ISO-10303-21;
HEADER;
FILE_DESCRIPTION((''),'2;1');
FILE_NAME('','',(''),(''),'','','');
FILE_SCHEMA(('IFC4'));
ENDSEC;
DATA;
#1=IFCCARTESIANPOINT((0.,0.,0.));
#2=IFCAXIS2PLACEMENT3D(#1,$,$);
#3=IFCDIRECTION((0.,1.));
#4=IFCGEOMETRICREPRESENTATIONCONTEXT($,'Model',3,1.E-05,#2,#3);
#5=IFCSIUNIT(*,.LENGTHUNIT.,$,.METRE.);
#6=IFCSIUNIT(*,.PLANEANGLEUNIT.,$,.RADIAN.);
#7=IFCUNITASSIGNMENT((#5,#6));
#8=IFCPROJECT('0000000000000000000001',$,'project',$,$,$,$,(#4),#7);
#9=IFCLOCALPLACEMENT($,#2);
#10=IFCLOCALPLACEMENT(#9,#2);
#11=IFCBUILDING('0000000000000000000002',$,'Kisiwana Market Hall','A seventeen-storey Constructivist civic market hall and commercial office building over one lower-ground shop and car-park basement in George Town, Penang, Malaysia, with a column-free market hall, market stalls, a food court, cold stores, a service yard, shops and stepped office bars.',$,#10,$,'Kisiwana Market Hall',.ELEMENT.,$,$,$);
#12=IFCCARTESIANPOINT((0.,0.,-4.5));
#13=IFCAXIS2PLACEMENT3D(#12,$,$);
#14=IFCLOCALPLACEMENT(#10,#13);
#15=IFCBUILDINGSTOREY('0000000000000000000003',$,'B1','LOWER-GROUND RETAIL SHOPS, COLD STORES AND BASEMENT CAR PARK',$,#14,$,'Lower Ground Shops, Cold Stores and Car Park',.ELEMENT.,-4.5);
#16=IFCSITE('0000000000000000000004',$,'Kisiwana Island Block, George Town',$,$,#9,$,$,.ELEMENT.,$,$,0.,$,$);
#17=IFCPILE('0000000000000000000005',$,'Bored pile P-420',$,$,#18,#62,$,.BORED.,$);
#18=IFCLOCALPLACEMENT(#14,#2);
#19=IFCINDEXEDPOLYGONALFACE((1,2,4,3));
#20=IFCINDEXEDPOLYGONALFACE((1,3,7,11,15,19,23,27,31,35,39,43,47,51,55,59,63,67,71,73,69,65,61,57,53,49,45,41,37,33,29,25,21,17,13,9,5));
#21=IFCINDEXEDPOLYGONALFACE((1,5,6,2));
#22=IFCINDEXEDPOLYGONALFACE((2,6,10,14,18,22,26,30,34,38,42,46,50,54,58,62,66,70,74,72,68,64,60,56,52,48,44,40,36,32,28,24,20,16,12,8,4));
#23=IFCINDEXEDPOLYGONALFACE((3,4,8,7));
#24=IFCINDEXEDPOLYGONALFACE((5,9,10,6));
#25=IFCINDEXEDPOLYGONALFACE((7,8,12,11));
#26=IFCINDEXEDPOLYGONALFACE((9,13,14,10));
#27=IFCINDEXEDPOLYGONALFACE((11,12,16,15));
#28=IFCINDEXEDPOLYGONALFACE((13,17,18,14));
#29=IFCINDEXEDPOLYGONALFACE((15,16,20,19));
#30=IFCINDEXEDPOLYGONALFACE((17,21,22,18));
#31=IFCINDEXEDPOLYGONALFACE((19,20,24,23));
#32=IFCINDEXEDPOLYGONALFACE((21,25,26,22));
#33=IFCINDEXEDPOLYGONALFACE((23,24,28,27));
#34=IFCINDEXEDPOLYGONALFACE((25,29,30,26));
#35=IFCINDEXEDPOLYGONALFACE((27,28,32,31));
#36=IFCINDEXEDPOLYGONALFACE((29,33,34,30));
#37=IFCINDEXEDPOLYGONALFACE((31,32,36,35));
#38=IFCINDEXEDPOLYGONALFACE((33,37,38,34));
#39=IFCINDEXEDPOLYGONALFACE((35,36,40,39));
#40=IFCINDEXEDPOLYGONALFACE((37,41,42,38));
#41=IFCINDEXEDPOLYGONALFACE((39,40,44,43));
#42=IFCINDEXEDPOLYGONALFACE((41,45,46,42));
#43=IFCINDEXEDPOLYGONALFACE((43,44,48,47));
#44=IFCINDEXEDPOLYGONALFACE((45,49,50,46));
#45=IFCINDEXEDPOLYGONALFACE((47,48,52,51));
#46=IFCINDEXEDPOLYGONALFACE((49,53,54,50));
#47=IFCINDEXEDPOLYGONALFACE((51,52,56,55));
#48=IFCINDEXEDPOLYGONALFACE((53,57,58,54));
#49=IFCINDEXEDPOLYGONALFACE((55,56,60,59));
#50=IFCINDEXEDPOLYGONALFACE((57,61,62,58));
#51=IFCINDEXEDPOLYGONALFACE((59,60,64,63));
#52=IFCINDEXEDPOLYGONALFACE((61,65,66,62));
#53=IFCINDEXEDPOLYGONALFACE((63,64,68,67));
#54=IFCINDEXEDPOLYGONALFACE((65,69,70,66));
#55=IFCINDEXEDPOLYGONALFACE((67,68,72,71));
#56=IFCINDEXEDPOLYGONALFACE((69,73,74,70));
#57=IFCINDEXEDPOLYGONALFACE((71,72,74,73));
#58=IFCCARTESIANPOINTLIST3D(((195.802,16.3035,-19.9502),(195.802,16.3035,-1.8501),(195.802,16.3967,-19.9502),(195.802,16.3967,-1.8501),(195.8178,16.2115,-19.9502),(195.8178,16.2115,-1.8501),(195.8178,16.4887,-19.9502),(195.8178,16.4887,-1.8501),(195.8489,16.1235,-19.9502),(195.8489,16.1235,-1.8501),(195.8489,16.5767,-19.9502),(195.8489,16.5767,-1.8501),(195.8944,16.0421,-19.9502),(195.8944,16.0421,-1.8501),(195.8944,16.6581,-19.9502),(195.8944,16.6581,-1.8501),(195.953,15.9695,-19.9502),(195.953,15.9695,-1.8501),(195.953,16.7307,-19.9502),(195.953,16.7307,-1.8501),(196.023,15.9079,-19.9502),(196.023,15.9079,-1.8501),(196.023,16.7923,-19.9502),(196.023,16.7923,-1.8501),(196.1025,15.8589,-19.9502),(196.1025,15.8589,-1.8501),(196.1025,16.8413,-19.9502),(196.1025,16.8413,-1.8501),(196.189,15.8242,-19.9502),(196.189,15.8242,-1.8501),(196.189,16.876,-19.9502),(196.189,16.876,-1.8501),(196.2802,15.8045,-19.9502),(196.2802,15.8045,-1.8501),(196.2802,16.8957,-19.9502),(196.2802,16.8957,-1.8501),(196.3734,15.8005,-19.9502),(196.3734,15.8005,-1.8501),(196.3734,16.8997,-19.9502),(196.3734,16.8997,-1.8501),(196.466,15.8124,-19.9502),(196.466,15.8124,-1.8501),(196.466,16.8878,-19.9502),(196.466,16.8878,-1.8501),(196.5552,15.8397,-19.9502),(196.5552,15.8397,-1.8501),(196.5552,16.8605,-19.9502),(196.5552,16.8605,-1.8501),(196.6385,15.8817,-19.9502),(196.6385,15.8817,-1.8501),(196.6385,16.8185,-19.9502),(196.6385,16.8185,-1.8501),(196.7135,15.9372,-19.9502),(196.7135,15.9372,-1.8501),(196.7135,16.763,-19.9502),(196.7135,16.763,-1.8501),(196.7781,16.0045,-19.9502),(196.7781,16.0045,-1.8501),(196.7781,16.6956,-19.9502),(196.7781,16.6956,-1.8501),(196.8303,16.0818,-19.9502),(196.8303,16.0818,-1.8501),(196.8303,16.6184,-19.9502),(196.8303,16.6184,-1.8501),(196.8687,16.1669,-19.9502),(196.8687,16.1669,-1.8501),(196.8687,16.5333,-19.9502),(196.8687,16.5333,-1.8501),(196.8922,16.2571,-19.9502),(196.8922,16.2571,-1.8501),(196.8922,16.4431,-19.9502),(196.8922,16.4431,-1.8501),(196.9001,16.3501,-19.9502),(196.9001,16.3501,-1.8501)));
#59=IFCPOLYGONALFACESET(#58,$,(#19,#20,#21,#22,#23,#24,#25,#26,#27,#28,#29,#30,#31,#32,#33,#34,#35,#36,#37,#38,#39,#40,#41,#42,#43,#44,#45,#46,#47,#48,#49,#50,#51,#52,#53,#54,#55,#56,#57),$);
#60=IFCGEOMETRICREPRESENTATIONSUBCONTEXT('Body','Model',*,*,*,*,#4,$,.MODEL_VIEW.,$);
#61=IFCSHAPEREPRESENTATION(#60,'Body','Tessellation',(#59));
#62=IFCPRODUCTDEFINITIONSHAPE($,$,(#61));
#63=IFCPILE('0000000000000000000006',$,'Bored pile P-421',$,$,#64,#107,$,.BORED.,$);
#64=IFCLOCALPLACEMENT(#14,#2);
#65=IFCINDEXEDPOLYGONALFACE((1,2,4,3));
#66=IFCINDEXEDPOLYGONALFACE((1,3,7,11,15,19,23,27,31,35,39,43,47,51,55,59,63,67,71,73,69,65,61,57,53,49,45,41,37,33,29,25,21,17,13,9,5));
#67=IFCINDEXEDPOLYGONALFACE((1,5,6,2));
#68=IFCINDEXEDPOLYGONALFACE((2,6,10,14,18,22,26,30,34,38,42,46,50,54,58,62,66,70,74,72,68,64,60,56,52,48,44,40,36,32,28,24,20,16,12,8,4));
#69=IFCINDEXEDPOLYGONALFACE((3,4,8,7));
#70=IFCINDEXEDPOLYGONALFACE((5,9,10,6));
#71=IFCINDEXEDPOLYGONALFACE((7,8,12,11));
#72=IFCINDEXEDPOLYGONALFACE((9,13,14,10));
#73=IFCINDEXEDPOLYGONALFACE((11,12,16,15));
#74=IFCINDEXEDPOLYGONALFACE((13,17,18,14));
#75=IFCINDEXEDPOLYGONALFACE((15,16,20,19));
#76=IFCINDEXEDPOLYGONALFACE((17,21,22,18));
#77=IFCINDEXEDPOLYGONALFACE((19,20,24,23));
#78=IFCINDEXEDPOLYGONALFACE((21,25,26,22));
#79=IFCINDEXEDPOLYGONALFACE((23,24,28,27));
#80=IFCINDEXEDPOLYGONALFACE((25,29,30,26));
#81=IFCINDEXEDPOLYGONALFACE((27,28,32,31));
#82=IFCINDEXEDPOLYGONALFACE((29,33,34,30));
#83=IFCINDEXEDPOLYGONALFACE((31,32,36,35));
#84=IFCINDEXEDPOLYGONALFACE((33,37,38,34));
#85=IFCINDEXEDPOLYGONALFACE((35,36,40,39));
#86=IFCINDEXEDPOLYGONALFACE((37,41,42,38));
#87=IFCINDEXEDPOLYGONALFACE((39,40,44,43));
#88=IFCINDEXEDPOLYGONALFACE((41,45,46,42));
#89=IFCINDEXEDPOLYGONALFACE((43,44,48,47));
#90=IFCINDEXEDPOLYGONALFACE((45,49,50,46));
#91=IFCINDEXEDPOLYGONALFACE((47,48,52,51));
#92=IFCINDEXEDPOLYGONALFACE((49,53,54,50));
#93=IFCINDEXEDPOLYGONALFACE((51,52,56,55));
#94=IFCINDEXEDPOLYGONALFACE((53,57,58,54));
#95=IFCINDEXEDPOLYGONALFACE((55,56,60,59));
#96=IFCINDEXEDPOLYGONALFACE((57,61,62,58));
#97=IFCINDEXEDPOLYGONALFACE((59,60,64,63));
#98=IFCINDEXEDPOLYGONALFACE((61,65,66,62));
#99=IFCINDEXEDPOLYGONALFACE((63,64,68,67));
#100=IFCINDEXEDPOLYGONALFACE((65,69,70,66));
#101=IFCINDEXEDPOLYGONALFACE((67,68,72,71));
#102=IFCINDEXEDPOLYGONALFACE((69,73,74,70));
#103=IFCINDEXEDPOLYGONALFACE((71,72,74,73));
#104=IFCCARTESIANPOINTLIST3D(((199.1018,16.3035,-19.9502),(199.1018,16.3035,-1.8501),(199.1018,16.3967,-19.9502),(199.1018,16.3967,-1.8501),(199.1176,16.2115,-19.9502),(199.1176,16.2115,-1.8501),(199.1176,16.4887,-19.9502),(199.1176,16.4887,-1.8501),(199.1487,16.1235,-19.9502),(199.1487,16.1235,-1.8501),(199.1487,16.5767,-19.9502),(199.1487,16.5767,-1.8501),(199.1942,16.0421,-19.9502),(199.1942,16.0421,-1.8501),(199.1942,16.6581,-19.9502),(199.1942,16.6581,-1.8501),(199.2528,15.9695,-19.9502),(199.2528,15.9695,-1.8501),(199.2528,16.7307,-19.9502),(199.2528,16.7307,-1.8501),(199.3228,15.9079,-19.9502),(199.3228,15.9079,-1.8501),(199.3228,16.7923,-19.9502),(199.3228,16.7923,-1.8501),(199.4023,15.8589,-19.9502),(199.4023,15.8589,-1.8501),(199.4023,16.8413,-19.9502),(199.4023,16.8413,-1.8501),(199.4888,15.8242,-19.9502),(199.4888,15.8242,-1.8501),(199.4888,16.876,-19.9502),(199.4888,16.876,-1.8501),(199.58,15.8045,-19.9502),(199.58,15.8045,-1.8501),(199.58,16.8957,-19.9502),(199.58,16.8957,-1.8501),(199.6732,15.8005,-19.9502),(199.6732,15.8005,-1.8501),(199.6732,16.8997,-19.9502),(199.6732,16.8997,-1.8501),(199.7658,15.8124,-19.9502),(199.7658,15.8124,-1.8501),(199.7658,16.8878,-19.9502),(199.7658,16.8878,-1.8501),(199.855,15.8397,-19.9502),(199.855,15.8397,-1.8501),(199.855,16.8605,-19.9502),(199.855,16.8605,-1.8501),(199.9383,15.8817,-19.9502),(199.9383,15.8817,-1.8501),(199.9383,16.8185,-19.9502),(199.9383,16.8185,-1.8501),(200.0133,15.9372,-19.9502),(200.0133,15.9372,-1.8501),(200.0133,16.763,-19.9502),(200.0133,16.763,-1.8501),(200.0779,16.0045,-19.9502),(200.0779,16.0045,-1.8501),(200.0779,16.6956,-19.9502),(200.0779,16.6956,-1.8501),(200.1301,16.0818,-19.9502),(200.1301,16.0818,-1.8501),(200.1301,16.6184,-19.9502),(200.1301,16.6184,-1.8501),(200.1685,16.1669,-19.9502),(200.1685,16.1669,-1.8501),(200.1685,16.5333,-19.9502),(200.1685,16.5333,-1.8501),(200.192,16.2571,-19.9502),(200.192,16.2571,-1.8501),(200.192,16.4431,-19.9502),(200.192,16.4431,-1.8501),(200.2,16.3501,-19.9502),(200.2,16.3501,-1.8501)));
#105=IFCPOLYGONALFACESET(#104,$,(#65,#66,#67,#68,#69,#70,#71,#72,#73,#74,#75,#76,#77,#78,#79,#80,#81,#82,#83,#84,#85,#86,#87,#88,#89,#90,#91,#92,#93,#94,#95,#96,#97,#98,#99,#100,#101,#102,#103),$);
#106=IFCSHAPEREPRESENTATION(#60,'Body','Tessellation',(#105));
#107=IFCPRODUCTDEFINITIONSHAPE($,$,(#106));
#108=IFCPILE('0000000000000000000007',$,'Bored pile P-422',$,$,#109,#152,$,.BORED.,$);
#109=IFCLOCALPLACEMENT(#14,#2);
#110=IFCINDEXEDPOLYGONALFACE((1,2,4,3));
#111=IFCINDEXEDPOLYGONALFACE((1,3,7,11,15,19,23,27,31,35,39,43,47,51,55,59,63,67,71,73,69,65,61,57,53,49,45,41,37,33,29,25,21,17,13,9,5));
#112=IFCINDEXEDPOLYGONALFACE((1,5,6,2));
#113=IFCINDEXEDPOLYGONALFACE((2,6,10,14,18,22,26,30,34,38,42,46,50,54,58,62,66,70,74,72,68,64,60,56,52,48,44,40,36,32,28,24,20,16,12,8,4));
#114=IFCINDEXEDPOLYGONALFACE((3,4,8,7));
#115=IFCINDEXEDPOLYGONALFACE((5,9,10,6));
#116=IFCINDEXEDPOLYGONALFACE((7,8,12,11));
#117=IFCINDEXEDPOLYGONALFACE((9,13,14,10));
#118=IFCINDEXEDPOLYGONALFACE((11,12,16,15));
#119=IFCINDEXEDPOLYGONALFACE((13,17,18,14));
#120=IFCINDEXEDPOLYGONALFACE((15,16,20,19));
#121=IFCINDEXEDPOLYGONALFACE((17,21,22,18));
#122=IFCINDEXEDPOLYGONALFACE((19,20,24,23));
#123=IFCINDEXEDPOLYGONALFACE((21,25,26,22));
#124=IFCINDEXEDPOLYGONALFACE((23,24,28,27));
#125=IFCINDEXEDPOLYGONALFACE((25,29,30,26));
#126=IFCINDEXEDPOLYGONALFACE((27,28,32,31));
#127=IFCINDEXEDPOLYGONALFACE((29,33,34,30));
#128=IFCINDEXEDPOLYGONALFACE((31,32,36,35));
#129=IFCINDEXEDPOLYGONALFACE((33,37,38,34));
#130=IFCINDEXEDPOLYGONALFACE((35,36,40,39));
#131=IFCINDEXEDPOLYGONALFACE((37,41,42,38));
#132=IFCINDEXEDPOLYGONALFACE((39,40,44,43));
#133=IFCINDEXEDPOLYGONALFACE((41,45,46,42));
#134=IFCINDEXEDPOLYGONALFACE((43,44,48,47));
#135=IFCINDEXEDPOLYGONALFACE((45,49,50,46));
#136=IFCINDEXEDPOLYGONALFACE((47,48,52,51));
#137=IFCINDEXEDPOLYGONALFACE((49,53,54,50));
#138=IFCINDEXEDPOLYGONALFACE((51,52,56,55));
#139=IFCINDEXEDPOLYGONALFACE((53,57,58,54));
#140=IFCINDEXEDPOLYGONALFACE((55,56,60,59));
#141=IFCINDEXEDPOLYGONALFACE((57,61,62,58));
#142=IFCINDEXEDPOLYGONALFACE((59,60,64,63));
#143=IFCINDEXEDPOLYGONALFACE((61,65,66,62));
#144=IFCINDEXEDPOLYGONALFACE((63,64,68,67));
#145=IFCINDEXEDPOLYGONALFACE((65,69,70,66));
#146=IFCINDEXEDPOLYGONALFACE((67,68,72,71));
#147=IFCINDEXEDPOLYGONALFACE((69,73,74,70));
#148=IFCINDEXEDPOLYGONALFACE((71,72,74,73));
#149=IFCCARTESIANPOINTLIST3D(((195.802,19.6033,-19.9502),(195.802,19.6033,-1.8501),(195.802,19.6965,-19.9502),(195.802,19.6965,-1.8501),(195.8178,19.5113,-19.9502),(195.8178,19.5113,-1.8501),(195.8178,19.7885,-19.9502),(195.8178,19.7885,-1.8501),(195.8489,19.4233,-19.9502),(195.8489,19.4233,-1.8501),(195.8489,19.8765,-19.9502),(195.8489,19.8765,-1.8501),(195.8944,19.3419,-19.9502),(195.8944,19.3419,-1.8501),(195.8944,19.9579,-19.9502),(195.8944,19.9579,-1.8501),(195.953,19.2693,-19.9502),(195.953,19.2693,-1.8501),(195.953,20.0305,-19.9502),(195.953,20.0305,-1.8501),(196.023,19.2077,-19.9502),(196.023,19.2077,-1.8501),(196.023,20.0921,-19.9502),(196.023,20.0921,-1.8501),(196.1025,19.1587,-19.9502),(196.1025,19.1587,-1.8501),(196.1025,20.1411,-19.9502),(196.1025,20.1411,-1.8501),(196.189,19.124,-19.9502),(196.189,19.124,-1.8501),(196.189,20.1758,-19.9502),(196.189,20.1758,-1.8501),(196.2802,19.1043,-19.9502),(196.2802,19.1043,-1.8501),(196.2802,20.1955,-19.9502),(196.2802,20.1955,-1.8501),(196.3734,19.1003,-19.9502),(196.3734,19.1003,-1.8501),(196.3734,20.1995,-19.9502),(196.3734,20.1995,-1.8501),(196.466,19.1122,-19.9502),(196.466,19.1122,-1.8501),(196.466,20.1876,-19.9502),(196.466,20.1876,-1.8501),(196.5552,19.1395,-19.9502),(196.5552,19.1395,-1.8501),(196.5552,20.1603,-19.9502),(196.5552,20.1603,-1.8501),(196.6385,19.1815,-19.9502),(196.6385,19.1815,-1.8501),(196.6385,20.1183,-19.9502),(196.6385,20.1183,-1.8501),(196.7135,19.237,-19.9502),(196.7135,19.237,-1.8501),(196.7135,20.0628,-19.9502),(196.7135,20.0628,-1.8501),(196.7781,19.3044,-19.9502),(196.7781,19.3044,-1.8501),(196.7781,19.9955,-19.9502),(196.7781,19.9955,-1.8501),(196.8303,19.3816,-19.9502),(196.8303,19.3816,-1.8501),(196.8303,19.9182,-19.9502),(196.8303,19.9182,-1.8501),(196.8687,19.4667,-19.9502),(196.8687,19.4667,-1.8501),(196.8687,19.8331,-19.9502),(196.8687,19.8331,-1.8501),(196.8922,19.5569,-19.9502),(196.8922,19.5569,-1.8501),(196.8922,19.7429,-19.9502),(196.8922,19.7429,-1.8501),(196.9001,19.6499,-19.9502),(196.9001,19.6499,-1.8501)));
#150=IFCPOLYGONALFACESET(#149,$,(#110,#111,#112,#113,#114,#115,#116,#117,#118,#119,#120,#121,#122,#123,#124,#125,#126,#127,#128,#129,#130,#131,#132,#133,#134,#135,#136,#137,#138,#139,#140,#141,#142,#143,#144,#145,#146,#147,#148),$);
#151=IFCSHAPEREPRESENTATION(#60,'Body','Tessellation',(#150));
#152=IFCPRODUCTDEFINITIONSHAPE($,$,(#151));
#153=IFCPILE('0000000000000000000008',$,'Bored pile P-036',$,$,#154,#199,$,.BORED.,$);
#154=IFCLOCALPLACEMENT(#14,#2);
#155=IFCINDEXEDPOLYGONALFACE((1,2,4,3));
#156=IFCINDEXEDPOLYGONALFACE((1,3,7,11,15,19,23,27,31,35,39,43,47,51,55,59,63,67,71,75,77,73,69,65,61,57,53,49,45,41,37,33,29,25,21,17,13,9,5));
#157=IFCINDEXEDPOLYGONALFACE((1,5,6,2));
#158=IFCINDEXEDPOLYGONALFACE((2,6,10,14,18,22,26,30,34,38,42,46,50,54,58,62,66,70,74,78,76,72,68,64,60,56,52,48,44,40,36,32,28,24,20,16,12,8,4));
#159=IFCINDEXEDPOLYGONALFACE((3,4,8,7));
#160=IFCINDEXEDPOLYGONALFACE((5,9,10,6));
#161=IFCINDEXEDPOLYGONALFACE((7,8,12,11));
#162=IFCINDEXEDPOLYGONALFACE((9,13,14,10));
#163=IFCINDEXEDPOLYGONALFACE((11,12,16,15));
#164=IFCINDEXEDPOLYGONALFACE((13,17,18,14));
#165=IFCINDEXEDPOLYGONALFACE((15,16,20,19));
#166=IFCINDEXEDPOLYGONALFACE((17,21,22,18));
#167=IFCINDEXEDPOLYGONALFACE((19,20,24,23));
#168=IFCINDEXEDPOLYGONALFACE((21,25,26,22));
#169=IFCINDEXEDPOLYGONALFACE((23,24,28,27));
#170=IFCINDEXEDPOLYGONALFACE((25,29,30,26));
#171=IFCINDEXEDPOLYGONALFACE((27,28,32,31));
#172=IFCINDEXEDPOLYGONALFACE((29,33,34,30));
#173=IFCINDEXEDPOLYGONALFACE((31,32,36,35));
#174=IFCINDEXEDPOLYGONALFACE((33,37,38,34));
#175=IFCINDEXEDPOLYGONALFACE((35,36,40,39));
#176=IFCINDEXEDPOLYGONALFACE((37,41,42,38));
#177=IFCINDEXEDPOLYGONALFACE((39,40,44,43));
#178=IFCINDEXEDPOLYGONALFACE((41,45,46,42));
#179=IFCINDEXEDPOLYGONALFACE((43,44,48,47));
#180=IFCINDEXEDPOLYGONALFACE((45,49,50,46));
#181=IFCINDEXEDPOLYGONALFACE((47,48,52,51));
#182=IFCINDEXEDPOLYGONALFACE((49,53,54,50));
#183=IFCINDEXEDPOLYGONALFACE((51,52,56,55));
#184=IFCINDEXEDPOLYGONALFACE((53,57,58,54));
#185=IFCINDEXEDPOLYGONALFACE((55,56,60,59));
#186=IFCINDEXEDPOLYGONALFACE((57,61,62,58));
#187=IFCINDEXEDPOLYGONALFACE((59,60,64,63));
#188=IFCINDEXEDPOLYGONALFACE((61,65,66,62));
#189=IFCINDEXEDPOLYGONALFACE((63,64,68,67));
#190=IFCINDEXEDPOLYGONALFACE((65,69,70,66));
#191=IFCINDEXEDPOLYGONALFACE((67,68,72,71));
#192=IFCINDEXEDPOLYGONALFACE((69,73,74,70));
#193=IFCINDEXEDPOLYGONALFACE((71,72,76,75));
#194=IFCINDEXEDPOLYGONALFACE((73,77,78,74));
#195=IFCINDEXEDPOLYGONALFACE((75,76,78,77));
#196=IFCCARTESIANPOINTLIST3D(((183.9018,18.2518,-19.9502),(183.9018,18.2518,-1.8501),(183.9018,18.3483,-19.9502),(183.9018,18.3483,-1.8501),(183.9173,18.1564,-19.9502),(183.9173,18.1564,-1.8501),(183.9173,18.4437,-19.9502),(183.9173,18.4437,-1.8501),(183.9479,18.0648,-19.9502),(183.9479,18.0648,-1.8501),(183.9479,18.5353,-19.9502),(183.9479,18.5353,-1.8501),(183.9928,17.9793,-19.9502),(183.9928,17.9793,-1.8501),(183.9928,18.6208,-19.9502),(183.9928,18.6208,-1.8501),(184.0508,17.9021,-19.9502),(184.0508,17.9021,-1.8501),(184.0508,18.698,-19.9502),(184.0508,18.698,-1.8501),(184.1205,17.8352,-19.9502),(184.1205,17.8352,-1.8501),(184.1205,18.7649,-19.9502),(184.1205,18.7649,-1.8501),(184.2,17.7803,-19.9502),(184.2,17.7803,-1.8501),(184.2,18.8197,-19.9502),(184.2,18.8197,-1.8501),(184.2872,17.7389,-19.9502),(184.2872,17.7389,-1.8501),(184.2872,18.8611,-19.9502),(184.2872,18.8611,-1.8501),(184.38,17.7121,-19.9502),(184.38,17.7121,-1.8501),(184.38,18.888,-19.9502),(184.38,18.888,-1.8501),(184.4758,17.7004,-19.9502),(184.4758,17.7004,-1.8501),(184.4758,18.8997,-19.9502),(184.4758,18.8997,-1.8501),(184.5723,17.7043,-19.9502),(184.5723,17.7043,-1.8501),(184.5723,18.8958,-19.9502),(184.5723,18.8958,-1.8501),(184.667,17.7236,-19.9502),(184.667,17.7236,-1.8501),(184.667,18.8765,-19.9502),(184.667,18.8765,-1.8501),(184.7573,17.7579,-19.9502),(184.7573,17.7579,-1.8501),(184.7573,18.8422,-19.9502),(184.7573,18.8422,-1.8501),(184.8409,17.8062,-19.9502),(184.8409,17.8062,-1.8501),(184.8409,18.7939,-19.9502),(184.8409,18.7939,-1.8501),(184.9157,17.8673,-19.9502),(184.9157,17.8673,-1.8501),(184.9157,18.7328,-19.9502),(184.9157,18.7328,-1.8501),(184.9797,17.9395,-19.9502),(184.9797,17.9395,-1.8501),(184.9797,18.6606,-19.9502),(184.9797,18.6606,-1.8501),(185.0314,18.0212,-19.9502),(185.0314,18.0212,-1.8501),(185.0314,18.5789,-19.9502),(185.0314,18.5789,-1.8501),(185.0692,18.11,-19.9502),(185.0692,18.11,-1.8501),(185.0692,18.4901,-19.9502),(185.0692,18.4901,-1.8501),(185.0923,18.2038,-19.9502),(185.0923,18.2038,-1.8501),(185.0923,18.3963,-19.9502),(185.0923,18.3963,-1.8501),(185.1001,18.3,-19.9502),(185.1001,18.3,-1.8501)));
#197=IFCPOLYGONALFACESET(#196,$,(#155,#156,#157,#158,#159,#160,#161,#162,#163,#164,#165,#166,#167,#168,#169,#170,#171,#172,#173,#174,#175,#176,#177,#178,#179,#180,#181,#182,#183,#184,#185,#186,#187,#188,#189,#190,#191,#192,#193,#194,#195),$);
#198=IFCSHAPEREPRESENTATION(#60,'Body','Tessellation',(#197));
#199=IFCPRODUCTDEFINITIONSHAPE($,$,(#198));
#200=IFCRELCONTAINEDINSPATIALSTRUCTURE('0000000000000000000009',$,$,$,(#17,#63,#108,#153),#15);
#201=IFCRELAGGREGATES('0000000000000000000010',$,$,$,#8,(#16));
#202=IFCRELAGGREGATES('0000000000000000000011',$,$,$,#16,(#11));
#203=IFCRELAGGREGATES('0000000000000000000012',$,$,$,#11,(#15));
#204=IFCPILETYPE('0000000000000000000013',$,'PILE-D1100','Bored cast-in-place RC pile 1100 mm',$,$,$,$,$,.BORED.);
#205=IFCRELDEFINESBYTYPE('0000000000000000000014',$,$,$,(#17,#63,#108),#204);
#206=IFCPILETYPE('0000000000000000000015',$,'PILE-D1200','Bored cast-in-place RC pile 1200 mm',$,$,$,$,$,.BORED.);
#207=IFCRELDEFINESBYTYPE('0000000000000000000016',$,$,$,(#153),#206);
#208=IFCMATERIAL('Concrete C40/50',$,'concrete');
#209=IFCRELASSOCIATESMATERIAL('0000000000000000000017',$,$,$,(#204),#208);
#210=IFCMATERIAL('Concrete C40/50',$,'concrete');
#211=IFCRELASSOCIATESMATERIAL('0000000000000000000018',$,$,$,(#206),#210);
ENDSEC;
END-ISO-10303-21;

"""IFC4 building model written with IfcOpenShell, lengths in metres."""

from ifc_helpers import new_model, si_unit, direction, frame, origin, origin_2d, place, context, subcontext, project, spatial, circle, extrude, material, material_profile, profile_set, type_object, element, save


model = new_model("IFC4")

# Units and contexts
model_context = context("Model", 3, precision=1e-05, world=origin(), true_north=direction((0.0, 1.0)))
body_context = subcontext(model_context, "Body", "Model", "MODEL_VIEW")
ifc_project = project(units=[si_unit("LENGTHUNIT", "METRE"), si_unit("PLANEANGLEUNIT", "RADIAN")], contexts=[model_context])

# Site, building, storey
site_placement = place(None, origin())
site = spatial("IfcSite", under=ifc_project, at=site_placement, Name="Kisiwana Island Block, George Town", CompositionType="ELEMENT", RefElevation=0.0)
building_placement = place(site_placement, origin())
building = spatial("IfcBuilding", under=site, at=building_placement, Name="Kisiwana Market Hall", Description="A seventeen-storey Constructivist civic market hall and commercial office building over one lower-ground shop and car-park basement in George Town, Penang, Malaysia, with a column-free market hall, market stalls, a food court, cold stores, a service yard, shops and stepped office bars.", LongName="Kisiwana Market Hall", CompositionType="ELEMENT")
storey_placement = place(building_placement, frame((0.0, 0.0, -4.5)))
storey = spatial("IfcBuildingStorey", under=building, at=storey_placement, Name="B1", Description="LOWER-GROUND RETAIL SHOPS, COLD STORES AND BASEMENT CAR PARK", LongName="Lower Ground Shops, Cold Stores and Car Park", CompositionType="ELEMENT", Elevation=-4.5)

# Piles
ifc_material_1 = material(Name="Concrete C40/50", Category="concrete")
ifc_material_profile_1 = material_profile(ifc_material_1, circle(Radius=0.55, at=origin_2d()), Name="BP D1100")
ifc_profile_set_1 = profile_set([ifc_material_profile_1], Name="Concrete C40/50")
pile_type_1 = type_object("IfcPileType", Name="PILE-D1100", Description="Bored cast-in-place RC pile 1100 mm", PredefinedType="BORED", material=ifc_profile_set_1)
for number, where, z_axis, x_axis, name in (
    (1, (196.3501, 16.3501, -1.8501), (0.0, 0.0, -1.0), (1.0, 0.0, 0.0), "Bored pile P-420"),
    (2, (199.6499, 16.3501, -1.8501), (0.0, 0.0, -1.0), (1.0, 0.0, 0.0), "Bored pile P-421"),
    (3, (196.3501, 19.6499, -1.8501), (0.0, 0.0, -1.0), (1.0, 0.0, 0.0), "Bored pile P-422"),
):
    element("IfcPile", number, at=place(storey_placement, frame(where, z_axis=z_axis, x_axis=x_axis)), inside=storey, type_object=pile_type_1, Name=name, PredefinedType="BORED", context=body_context, shape_type="SweptSolid", body=[
        extrude(circle(Radius=0.55, at=origin_2d()), origin(), (0.0, 0.0, 1.0), 18.1001),
    ])
ifc_material_2 = material(Name="Concrete C40/50", Category="concrete")
ifc_material_profile_2 = material_profile(ifc_material_2, circle(Radius=0.6001, at=origin_2d()), Name="BP D1200")
ifc_profile_set_2 = profile_set([ifc_material_profile_2], Name="Concrete C40/50")
pile_type_2 = type_object("IfcPileType", Name="PILE-D1200", Description="Bored cast-in-place RC pile 1200 mm", PredefinedType="BORED", material=ifc_profile_set_2)
for number, where, z_axis, x_axis, name in (
    (4, (184.5, 18.3, -1.8501), (0.0, 0.0, -1.0), (1.0, 0.0, 0.0), "Bored pile P-036"),
):
    element("IfcPile", number, at=place(storey_placement, frame(where, z_axis=z_axis, x_axis=x_axis)), inside=storey, type_object=pile_type_2, Name=name, PredefinedType="BORED", context=body_context, shape_type="SweptSolid", body=[
        extrude(circle(Radius=0.6001, at=origin_2d()), origin(), (0.0, 0.0, 1.0), 18.1001),
    ])

save(model, "model.ifc")
